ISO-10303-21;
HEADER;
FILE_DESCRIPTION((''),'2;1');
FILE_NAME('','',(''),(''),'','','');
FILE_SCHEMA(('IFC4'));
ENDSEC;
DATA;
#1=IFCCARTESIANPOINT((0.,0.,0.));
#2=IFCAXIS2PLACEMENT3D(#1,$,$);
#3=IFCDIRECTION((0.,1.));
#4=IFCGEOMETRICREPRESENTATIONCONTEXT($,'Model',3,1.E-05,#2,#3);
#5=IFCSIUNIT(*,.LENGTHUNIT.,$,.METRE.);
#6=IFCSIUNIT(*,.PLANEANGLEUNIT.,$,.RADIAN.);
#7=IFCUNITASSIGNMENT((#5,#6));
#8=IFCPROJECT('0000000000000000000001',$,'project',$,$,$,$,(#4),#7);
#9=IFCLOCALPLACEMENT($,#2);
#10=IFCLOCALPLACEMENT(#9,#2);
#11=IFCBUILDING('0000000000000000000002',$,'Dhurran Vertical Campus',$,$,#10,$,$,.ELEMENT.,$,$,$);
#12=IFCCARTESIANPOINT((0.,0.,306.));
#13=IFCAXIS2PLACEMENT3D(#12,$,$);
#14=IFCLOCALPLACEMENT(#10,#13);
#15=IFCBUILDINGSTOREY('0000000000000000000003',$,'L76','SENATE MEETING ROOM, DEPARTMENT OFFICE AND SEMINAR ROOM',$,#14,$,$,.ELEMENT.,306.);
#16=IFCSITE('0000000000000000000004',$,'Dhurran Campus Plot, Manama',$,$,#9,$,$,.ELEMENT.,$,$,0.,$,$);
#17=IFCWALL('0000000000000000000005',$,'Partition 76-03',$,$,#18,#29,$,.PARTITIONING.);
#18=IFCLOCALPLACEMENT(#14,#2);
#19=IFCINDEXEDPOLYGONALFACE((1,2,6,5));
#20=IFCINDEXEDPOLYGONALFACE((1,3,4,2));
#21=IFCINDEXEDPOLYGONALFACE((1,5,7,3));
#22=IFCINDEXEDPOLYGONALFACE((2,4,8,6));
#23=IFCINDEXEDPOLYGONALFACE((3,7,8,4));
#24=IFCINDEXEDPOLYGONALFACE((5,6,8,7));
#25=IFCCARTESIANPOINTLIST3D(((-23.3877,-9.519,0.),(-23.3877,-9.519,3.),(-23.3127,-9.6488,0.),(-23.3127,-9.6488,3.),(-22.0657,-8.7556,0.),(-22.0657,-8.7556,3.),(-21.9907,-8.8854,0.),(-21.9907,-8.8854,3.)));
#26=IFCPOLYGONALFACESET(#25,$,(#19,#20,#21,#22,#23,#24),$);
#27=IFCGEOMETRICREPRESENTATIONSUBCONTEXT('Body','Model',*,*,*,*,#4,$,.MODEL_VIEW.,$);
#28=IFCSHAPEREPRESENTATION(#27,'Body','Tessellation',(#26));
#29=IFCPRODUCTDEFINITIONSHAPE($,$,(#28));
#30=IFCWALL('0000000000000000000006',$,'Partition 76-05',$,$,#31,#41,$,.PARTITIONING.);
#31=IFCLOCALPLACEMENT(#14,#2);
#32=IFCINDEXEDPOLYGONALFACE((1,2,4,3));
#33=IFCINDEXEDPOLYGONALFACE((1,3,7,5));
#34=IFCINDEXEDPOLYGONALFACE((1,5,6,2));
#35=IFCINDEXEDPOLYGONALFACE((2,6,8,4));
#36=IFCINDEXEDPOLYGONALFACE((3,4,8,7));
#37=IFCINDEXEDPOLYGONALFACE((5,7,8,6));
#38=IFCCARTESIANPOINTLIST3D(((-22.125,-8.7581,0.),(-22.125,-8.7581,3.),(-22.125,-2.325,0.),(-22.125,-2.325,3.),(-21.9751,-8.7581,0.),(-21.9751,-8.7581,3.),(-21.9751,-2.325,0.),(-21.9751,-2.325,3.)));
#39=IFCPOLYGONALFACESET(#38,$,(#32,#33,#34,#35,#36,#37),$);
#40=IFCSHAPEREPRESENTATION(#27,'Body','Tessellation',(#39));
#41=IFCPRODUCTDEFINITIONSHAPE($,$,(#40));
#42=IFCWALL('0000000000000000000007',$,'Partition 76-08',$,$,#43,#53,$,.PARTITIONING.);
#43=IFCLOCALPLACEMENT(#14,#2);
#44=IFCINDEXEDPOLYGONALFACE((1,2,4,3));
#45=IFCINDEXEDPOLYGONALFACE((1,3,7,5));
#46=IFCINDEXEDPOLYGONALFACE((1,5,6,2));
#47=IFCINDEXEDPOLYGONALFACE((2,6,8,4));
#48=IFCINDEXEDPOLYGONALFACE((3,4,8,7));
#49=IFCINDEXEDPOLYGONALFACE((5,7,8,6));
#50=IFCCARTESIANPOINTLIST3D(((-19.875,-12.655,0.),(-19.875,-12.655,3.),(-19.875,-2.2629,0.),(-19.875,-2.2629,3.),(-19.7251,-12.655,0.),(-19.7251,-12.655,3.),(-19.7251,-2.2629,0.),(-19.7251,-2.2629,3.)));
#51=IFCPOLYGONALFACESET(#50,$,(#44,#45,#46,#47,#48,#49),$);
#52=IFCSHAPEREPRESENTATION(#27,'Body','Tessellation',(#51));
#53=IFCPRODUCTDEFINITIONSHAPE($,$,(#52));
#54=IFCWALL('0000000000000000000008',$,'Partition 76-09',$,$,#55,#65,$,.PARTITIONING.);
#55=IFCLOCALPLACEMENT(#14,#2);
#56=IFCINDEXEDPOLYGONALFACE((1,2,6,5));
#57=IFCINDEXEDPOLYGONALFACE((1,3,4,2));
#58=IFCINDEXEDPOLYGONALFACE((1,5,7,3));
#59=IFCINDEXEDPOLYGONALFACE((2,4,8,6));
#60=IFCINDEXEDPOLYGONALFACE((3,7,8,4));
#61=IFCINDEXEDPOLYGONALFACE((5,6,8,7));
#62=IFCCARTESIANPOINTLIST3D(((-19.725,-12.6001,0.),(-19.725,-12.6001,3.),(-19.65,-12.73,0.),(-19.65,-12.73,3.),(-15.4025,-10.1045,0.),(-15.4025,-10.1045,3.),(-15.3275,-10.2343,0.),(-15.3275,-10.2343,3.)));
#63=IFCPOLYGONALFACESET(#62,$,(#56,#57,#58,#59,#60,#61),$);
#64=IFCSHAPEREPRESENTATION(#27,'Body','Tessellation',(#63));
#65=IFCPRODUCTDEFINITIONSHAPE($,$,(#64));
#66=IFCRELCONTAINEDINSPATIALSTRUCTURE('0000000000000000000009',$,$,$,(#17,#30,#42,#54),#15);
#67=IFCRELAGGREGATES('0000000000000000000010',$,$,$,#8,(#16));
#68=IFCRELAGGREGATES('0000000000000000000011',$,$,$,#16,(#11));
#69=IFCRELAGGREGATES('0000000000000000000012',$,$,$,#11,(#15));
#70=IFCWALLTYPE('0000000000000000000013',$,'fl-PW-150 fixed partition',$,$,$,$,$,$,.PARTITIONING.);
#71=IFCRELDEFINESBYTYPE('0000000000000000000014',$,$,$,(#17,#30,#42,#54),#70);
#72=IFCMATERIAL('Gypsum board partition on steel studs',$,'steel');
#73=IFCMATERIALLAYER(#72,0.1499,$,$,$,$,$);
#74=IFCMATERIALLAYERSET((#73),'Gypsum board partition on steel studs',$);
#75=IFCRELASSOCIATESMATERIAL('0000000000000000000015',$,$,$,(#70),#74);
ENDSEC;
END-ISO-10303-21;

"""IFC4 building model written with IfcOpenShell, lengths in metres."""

from ifc_helpers import new_model, si_unit, direction, frame, frame_2d, origin, place, context, subcontext, project, spatial, rectangle, extrude, material, layer, layer_set, type_object, element, save


model = new_model("IFC4")

# Units and contexts
model_context = context("Model", 3, precision=1e-05, world=origin(), true_north=direction((0.0, 1.0)))
body_context = subcontext(model_context, "Body", "Model", "MODEL_VIEW")
ifc_project = project(units=[si_unit("LENGTHUNIT", "METRE"), si_unit("PLANEANGLEUNIT", "RADIAN")], contexts=[model_context])

# Site, building, storey
site_placement = place(None, origin())
site = spatial("IfcSite", under=ifc_project, at=site_placement, Name="Dhurran Campus Plot, Manama", CompositionType="ELEMENT", RefElevation=0.0)
building_placement = place(site_placement, origin())
building = spatial("IfcBuilding", under=site, at=building_placement, Name="Dhurran Vertical Campus", CompositionType="ELEMENT")
storey_placement = place(building_placement, frame((0.0, 0.0, 306.0)))
storey = spatial("IfcBuildingStorey", under=building, at=storey_placement, Name="L76", Description="SENATE MEETING ROOM, DEPARTMENT OFFICE AND SEMINAR ROOM", CompositionType="ELEMENT", Elevation=306.0)

# Walls
ifc_material_1 = material(Name="Gypsum board partition on steel studs", Category="steel")
ifc_layer_1 = layer(ifc_material_1, 0.1499)
ifc_layer_set_1 = layer_set([ifc_layer_1], Name="Gypsum board partition on steel studs")
wall_type_1 = type_object("IfcWallType", Name="fl-PW-150 fixed partition", PredefinedType="PARTITIONING", material=ifc_layer_set_1)
wall_1_placement = place(storey_placement, frame((-22.0283, -8.8206, 0.0), z_axis=(0.0, 0.0, 1.0), x_axis=(-0.865981, -0.500078, 0.0)))
element("IfcWall", 1, at=wall_1_placement, inside=storey, type_object=wall_type_1, Name="Partition 76-03", PredefinedType="PARTITIONING", context=body_context, shape_type="SweptSolid", body=[
    extrude(rectangle(XDim=1.5266, YDim=0.1499, at=frame_2d((0.7632, 0.0))), origin(), (0.0, 0.0, 1.0), 3.0),
])
wall_2_placement = place(storey_placement, frame((-22.05, -2.325, 0.0), z_axis=(0.0, 0.0, 1.0), x_axis=(0.0, -1.0, 0.0)))
element("IfcWall", 2, at=wall_2_placement, inside=storey, type_object=wall_type_1, Name="Partition 76-05", PredefinedType="PARTITIONING", context=body_context, shape_type="SweptSolid", body=[
    extrude(rectangle(XDim=6.4331, YDim=0.1499, at=frame_2d((3.2166, 0.0))), origin(), (0.0, 0.0, 1.0), 3.0),
])
wall_3_placement = place(storey_placement, frame((-19.8, -2.2629, 0.0), z_axis=(0.0, 0.0, 1.0), x_axis=(0.0, -1.0, 0.0)))
element("IfcWall", 3, at=wall_3_placement, inside=storey, type_object=wall_type_1, Name="Partition 76-08", PredefinedType="PARTITIONING", context=body_context, shape_type="SweptSolid", body=[
    extrude(rectangle(XDim=10.3921, YDim=0.1499, at=frame_2d((5.196, 0.0))), origin(), (0.0, 0.0, 1.0), 3.0),
])
wall_4_placement = place(storey_placement, frame((-15.365, -10.1694, 0.0), z_axis=(0.0, 0.0, 1.0), x_axis=(-0.866025, -0.5, 0.0)))
element("IfcWall", 4, at=wall_4_placement, inside=storey, type_object=wall_type_1, Name="Partition 76-09", PredefinedType="PARTITIONING", context=body_context, shape_type="SweptSolid", body=[
    extrude(rectangle(XDim=4.9912, YDim=0.1499, at=frame_2d((2.4956, 0.0))), origin(), (0.0, 0.0, 1.0), 3.0),
])

save(model, "model.ifc")
